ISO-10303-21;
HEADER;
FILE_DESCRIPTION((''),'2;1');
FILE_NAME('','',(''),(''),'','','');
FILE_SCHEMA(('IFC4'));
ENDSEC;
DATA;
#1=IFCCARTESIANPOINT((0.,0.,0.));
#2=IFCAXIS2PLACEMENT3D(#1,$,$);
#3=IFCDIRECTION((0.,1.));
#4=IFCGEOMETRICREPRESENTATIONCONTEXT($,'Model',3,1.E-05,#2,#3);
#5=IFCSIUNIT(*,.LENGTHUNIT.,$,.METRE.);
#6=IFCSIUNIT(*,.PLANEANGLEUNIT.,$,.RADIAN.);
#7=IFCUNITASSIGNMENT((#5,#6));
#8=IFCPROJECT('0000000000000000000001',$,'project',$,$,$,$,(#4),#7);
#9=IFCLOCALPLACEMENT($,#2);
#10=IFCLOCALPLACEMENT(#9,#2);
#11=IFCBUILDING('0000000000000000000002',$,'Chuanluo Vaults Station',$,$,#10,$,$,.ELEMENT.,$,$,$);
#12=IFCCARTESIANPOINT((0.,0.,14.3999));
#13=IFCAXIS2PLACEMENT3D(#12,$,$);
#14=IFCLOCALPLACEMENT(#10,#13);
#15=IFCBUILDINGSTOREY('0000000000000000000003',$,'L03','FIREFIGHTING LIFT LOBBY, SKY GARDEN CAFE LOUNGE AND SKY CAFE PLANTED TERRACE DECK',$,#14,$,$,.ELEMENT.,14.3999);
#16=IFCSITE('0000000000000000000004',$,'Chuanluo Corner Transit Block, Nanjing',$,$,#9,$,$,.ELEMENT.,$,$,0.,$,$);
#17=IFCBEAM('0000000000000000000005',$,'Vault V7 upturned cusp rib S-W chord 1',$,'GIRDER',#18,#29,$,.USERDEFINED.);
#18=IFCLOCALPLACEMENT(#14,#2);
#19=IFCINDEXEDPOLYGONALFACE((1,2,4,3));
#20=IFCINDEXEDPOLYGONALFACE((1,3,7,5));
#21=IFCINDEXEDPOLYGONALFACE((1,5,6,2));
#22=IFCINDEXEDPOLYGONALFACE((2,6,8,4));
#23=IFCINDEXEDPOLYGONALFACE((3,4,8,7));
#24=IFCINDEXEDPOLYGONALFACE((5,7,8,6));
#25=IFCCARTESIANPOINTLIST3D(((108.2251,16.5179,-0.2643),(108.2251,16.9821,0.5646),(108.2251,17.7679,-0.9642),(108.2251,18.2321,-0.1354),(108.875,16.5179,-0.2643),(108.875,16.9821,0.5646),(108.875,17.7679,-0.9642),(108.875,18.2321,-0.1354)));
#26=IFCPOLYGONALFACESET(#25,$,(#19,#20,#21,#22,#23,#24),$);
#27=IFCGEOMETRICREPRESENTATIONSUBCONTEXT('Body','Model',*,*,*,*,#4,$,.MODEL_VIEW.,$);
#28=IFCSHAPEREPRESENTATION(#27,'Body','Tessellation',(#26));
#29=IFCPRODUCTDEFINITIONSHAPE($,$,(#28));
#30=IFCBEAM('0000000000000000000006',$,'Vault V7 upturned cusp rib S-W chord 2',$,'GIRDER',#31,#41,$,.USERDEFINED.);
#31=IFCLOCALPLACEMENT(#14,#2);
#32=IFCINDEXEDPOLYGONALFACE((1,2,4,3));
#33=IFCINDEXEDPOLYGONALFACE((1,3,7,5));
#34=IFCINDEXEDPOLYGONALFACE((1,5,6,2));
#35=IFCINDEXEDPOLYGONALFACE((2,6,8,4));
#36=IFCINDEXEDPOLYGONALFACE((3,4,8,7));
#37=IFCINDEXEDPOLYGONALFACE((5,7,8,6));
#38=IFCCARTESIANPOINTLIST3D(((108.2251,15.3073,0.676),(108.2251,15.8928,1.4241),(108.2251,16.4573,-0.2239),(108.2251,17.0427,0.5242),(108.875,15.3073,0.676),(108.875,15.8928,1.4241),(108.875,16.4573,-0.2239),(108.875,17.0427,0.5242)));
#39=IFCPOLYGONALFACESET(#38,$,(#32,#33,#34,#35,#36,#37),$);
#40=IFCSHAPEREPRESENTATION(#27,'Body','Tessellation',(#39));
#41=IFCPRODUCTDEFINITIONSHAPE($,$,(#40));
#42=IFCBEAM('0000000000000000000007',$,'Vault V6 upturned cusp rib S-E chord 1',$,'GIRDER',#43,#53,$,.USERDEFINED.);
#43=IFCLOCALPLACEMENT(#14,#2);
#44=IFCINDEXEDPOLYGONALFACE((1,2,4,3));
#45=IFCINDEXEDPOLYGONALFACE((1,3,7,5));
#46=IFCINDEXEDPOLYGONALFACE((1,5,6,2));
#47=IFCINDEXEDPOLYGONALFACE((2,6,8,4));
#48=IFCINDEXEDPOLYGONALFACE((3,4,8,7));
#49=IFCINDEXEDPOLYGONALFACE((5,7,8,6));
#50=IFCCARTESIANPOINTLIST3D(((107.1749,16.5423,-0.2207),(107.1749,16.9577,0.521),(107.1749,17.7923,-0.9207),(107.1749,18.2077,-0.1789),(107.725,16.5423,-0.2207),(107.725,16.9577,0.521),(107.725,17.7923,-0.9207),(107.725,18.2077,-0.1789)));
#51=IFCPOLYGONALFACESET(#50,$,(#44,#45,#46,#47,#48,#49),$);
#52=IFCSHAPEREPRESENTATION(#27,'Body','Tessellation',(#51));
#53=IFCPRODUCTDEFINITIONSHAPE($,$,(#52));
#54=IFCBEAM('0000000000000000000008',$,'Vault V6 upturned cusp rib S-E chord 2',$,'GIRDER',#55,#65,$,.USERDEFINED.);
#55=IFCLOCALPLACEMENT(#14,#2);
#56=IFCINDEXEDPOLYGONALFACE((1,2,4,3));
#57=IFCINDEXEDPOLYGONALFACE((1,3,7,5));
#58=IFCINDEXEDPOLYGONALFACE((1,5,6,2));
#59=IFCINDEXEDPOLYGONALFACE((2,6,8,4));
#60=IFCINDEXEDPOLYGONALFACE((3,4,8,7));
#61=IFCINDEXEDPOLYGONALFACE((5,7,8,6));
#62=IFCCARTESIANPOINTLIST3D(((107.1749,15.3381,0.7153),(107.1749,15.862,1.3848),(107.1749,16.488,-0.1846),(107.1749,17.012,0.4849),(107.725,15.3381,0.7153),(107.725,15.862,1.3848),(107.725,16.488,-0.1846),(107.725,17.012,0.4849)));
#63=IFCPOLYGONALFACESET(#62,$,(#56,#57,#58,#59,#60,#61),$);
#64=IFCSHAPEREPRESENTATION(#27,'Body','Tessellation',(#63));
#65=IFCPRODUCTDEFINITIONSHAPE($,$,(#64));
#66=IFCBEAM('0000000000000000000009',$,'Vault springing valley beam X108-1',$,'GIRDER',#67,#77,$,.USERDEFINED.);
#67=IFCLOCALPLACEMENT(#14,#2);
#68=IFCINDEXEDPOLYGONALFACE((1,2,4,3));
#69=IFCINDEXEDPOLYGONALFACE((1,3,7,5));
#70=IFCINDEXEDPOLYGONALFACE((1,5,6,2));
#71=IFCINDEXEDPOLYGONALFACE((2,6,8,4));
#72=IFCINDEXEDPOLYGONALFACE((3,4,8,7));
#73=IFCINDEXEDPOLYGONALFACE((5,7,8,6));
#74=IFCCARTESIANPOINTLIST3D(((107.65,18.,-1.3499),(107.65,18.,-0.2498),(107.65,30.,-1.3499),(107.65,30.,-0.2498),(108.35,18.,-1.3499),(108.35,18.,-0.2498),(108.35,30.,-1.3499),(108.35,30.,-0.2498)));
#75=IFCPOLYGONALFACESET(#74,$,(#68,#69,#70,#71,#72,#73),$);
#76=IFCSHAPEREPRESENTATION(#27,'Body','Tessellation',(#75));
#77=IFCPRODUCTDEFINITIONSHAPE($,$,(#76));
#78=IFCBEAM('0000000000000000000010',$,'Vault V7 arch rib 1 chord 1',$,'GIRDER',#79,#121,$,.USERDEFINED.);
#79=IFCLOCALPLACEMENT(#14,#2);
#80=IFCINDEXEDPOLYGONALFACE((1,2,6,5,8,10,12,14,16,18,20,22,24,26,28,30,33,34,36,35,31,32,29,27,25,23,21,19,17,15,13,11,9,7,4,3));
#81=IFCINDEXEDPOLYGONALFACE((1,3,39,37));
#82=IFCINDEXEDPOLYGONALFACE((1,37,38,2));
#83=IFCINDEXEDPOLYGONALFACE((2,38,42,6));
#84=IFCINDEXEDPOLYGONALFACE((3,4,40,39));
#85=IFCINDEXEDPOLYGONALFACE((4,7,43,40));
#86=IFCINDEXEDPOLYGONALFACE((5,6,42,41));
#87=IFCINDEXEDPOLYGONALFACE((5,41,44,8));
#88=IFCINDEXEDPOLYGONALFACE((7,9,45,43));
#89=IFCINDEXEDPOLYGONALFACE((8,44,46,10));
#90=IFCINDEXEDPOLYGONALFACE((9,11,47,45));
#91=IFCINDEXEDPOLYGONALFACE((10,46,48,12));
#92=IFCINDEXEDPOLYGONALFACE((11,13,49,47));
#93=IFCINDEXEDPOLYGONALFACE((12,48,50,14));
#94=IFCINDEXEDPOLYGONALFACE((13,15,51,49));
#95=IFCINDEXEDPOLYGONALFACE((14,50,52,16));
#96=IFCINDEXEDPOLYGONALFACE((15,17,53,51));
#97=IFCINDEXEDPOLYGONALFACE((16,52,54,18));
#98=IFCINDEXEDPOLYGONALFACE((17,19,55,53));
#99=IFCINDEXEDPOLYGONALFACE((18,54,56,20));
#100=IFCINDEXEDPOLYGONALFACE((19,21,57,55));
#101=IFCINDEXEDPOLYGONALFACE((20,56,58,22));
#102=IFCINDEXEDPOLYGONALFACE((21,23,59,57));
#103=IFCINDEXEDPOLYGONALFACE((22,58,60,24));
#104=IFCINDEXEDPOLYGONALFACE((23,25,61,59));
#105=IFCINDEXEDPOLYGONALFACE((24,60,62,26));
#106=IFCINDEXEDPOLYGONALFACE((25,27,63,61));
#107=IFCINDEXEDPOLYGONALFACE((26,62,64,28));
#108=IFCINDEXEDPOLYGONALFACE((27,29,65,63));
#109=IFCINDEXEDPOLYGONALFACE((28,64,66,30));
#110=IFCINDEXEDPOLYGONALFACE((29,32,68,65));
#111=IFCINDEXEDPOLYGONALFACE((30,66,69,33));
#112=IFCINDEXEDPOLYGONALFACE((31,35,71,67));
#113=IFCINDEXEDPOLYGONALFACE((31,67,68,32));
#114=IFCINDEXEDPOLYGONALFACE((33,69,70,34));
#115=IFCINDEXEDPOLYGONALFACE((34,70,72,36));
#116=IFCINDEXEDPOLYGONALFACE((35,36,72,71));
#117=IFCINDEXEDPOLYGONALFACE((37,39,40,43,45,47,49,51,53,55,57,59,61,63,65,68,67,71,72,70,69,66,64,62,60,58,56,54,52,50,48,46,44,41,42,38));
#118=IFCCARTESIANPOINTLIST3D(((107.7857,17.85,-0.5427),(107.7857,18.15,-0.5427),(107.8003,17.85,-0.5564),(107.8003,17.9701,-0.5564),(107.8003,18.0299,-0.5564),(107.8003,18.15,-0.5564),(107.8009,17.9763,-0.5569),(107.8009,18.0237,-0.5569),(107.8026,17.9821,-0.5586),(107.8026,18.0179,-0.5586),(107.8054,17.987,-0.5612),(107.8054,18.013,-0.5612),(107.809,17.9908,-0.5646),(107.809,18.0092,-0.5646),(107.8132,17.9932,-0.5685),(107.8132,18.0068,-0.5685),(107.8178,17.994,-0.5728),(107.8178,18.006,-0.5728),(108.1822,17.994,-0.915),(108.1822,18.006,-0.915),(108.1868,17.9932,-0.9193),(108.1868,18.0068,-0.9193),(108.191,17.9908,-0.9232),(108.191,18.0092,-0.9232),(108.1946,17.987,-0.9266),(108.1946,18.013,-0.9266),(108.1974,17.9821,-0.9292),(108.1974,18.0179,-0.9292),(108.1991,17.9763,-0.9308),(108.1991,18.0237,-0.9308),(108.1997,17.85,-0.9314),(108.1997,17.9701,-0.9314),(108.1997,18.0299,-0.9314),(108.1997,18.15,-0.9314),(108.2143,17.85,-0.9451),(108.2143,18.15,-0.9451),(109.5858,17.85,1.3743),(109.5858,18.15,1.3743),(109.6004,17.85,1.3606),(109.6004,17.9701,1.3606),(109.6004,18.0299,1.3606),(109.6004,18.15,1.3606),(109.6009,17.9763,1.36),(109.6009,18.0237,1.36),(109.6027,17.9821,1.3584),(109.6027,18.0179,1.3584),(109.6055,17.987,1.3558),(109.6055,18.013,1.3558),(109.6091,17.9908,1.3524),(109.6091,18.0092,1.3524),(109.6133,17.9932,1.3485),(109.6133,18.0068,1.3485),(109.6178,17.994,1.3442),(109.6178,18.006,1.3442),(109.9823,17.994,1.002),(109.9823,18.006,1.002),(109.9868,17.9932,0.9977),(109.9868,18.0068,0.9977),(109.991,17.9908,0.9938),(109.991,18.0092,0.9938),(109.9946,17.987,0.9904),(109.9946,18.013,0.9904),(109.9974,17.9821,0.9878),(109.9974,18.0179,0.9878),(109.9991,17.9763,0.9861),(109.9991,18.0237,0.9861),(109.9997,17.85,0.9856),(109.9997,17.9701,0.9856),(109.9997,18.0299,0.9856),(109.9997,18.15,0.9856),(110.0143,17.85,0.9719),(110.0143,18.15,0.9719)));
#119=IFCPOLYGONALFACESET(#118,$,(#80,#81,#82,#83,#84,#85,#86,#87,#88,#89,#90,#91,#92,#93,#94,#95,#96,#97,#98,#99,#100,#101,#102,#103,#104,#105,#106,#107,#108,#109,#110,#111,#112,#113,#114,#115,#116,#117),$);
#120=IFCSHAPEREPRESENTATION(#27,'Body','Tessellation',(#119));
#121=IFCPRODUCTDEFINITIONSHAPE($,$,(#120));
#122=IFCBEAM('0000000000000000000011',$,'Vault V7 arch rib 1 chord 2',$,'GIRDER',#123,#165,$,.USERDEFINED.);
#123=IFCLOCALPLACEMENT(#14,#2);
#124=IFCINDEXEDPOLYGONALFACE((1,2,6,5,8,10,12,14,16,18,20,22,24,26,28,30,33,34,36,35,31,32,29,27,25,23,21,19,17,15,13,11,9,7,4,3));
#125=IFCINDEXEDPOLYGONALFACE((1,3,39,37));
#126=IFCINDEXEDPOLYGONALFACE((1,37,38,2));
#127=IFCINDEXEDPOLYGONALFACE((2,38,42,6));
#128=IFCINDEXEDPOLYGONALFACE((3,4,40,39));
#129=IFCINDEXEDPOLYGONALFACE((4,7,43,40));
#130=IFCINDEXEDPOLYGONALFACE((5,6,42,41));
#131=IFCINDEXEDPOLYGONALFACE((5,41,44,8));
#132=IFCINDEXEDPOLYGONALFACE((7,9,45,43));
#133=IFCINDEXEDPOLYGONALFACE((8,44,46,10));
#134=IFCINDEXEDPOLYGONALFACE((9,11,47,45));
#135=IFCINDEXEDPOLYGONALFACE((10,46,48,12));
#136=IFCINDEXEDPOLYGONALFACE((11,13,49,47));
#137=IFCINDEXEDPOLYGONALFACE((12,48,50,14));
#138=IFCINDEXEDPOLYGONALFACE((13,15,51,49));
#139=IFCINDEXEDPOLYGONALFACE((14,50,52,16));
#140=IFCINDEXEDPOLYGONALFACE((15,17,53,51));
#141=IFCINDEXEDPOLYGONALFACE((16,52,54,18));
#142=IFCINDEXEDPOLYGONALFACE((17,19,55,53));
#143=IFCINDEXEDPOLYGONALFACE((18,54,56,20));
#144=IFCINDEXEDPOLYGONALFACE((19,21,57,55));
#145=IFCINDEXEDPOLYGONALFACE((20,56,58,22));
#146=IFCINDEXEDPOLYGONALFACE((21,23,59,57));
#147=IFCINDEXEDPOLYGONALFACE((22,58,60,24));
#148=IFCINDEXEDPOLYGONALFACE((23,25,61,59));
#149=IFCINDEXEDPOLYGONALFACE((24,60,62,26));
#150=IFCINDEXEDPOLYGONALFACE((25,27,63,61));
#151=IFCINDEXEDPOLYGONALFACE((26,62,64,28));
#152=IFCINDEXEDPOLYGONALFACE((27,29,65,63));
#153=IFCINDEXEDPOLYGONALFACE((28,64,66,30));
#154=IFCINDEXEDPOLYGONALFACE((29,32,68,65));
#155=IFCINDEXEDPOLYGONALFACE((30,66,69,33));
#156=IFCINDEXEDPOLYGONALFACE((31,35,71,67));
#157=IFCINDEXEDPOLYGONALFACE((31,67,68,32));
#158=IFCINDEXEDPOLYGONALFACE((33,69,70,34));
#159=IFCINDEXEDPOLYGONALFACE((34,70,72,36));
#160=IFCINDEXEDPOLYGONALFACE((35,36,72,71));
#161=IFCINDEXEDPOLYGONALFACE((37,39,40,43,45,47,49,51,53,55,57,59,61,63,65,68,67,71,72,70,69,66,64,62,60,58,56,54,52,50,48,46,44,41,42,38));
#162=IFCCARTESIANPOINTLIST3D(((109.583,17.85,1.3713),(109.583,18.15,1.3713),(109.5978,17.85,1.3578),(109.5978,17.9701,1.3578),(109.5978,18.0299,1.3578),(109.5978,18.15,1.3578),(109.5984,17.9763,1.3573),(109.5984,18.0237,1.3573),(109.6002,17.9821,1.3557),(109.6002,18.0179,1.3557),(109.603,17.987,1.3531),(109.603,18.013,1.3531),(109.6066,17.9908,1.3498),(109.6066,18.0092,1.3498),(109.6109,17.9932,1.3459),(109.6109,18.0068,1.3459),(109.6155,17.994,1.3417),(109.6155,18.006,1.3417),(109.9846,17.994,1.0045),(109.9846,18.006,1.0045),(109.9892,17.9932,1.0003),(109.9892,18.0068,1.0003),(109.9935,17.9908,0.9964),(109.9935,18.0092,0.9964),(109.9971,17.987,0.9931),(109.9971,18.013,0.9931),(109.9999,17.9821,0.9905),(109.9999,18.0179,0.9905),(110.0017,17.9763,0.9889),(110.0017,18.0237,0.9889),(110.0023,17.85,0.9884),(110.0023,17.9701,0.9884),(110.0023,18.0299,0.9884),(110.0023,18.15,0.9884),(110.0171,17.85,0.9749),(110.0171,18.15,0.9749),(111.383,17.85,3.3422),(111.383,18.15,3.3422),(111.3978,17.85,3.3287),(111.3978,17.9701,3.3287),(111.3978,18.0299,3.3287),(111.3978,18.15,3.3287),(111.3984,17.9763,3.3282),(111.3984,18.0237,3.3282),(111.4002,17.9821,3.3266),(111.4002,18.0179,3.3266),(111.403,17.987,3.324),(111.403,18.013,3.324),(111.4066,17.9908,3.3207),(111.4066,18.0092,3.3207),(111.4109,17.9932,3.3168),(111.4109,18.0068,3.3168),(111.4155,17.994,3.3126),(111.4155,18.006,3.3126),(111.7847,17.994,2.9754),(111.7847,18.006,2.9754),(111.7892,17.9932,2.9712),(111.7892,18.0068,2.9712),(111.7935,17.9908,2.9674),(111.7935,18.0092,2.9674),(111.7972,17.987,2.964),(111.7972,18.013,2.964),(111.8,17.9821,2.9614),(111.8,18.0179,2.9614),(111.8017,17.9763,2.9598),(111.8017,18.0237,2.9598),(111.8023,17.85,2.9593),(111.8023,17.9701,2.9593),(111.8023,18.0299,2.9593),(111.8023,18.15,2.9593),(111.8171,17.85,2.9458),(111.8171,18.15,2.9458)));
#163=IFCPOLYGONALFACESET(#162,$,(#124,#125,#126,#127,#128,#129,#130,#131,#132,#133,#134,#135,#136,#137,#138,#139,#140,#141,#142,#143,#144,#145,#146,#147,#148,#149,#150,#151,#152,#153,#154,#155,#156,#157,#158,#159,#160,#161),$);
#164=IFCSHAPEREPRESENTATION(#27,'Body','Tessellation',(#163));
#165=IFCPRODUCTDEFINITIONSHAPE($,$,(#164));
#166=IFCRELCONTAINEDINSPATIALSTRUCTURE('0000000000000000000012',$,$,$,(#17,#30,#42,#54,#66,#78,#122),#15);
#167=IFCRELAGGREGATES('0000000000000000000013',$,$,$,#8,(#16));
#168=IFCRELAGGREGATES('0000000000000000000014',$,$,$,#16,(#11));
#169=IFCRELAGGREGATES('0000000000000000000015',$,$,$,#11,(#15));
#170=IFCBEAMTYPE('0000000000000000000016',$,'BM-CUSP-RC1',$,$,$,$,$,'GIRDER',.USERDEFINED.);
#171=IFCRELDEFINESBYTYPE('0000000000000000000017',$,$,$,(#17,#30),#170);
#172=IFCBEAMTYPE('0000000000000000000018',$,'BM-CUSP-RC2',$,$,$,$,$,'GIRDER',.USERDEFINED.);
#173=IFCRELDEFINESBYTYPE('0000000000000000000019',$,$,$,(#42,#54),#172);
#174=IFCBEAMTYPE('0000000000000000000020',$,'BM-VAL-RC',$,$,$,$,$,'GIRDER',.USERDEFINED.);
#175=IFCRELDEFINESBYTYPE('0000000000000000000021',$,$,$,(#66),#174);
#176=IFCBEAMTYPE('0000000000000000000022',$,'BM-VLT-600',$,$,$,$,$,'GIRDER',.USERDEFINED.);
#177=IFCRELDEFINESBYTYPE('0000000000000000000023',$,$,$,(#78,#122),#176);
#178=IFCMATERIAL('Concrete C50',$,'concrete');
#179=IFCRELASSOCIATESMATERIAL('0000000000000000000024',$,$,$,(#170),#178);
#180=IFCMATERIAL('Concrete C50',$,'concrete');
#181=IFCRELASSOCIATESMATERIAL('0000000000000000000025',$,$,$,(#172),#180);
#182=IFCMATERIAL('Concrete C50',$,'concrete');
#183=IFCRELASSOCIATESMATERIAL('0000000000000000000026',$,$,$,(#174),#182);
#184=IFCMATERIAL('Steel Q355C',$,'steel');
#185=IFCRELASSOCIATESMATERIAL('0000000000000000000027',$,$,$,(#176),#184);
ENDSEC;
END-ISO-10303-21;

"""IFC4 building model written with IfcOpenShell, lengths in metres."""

from ifc_helpers import new_model, si_unit, direction, frame, origin, origin_2d, place, context, subcontext, project, spatial, rectangle, i_section, extrude, material, material_profile, profile_set, type_object, element, save


model = new_model("IFC4")

# Units and contexts
model_context = context("Model", 3, precision=1e-05, world=origin(), true_north=direction((0.0, 1.0)))
body_context = subcontext(model_context, "Body", "Model", "MODEL_VIEW")
ifc_project = project(units=[si_unit("LENGTHUNIT", "METRE"), si_unit("PLANEANGLEUNIT", "RADIAN")], contexts=[model_context])

# Site, building, storey
site_placement = place(None, origin())
site = spatial("IfcSite", under=ifc_project, at=site_placement, Name="Chuanluo Corner Transit Block, Nanjing", CompositionType="ELEMENT", RefElevation=0.0)
building_placement = place(site_placement, origin())
building = spatial("IfcBuilding", under=site, at=building_placement, Name="Chuanluo Vaults Station", CompositionType="ELEMENT")
storey_placement = place(building_placement, frame((0.0, 0.0, 14.3999)))
storey = spatial("IfcBuildingStorey", under=building, at=storey_placement, Name="L03", Description="FIREFIGHTING LIFT LOBBY, SKY GARDEN CAFE LOUNGE AND SKY CAFE PLANTED TERRACE DECK", CompositionType="ELEMENT", Elevation=14.3999)

# Beams
ifc_material_1 = material(Name="Concrete C50", Category="concrete")
ifc_material_profile_1 = material_profile(ifc_material_1, rectangle(XDim=0.6499, YDim=0.95, at=origin_2d()))
ifc_profile_set_1 = profile_set([ifc_material_profile_1], Name="Concrete C50")
beam_type_1 = type_object("IfcBeamType", Name="BM-CUSP-RC1", ElementType="GIRDER", PredefinedType="USERDEFINED", material=ifc_profile_set_1)
beam_1_placement = place(storey_placement, frame((108.55, 18.0, -0.5498), z_axis=(0.0, -0.872521, 0.488577), x_axis=(1.0, 0.0, 0.0)))
element("IfcBeam", 1, at=beam_1_placement, inside=storey, type_object=beam_type_1, Name="Vault V7 upturned cusp rib S-W chord 1", ObjectType="GIRDER", PredefinedType="USERDEFINED", context=body_context, shape_type="SweptSolid", body=[
    extrude(rectangle(XDim=0.6499, YDim=0.95, at=origin_2d()), origin(), (0.0, 0.0, 1.0), 1.4326),
])
beam_2_placement = place(storey_placement, frame((108.55, 16.75, 0.1501), z_axis=(0.0, -0.787512, 0.616299), x_axis=(1.0, 0.0, 0.0)))
element("IfcBeam", 2, at=beam_2_placement, inside=storey, type_object=beam_type_1, Name="Vault V7 upturned cusp rib S-W chord 2", ObjectType="GIRDER", PredefinedType="USERDEFINED", context=body_context, shape_type="SweptSolid", body=[
    extrude(rectangle(XDim=0.6499, YDim=0.95, at=origin_2d()), origin(), (0.0, 0.0, 1.0), 1.4602),
])
ifc_material_2 = material(Name="Concrete C50", Category="concrete")
ifc_material_profile_2 = material_profile(ifc_material_2, rectangle(XDim=0.55, YDim=0.8501, at=origin_2d()))
ifc_profile_set_2 = profile_set([ifc_material_profile_2], Name="Concrete C50")
beam_type_2 = type_object("IfcBeamType", Name="BM-CUSP-RC2", ElementType="GIRDER", PredefinedType="USERDEFINED", material=ifc_profile_set_2)
beam_3_placement = place(storey_placement, frame((107.45, 18.0, -0.5498), z_axis=(0.0, -0.872521, 0.488577), x_axis=(1.0, 0.0, 0.0)))
element("IfcBeam", 3, at=beam_3_placement, inside=storey, type_object=beam_type_2, Name="Vault V6 upturned cusp rib S-E chord 1", ObjectType="GIRDER", PredefinedType="USERDEFINED", context=body_context, shape_type="SweptSolid", body=[
    extrude(rectangle(XDim=0.55, YDim=0.8501, at=origin_2d()), origin(), (0.0, 0.0, 1.0), 1.4326),
])
beam_4_placement = place(storey_placement, frame((107.45, 16.75, 0.1501), z_axis=(0.0, -0.787512, 0.616299), x_axis=(1.0, 0.0, 0.0)))
element("IfcBeam", 4, at=beam_4_placement, inside=storey, type_object=beam_type_2, Name="Vault V6 upturned cusp rib S-E chord 2", ObjectType="GIRDER", PredefinedType="USERDEFINED", context=body_context, shape_type="SweptSolid", body=[
    extrude(rectangle(XDim=0.55, YDim=0.8501, at=origin_2d()), origin(), (0.0, 0.0, 1.0), 1.4602),
])
ifc_material_3 = material(Name="Concrete C50", Category="concrete")
ifc_material_profile_3 = material_profile(ifc_material_3, rectangle(XDim=0.7, YDim=1.1001, at=origin_2d()))
ifc_profile_set_3 = profile_set([ifc_material_profile_3], Name="Concrete C50")
beam_type_3 = type_object("IfcBeamType", Name="BM-VAL-RC", ElementType="GIRDER", PredefinedType="USERDEFINED", material=ifc_profile_set_3)
beam_5_placement = place(storey_placement, frame((108.0, 18.0, -0.7998), z_axis=(0.0, 1.0, 0.0), x_axis=(-1.0, 0.0, 0.0)))
element("IfcBeam", 5, at=beam_5_placement, inside=storey, type_object=beam_type_3, Name="Vault springing valley beam X108-1", ObjectType="GIRDER", PredefinedType="USERDEFINED", context=body_context, shape_type="SweptSolid", body=[
    extrude(rectangle(XDim=0.7, YDim=1.1001, at=origin_2d()), origin(), (0.0, 0.0, 1.0), 12.0),
])
ifc_material_4 = material(Name="Steel Q355C", Category="steel")
ifc_material_profile_4 = material_profile(ifc_material_4, i_section(OverallWidth=0.3, OverallDepth=0.5879, WebThickness=0.012, FlangeThickness=0.02, FilletRadius=0.0239, at=origin_2d()))
ifc_profile_set_4 = profile_set([ifc_material_profile_4], Name="Steel Q355C")
beam_type_4 = type_object("IfcBeamType", Name="BM-VLT-600", ElementType="GIRDER", PredefinedType="USERDEFINED", material=ifc_profile_set_4)
beam_6_placement = place(storey_placement, frame((108.0, 18.0, -0.7439), z_axis=(0.684522, 0.0, 0.728993), x_axis=(0.0, 1.0, 0.0)))
element("IfcBeam", 6, at=beam_6_placement, inside=storey, type_object=beam_type_4, Name="Vault V7 arch rib 1 chord 1", ObjectType="GIRDER", PredefinedType="USERDEFINED", context=body_context, shape_type="SweptSolid", body=[
    extrude(i_section(OverallWidth=0.3, OverallDepth=0.5879, WebThickness=0.012, FlangeThickness=0.02, FilletRadius=0.0239, at=origin_2d()), origin(), (0.0, 0.0, 1.0), 2.6296),
])
beam_7_placement = place(storey_placement, frame((109.8, 18.0, 1.1731), z_axis=(0.674369, 0.0, 0.738394), x_axis=(0.0, 1.0, 0.0)))
element("IfcBeam", 7, at=beam_7_placement, inside=storey, type_object=beam_type_4, Name="Vault V7 arch rib 1 chord 2", ObjectType="GIRDER", PredefinedType="USERDEFINED", context=body_context, shape_type="SweptSolid", body=[
    extrude(i_section(OverallWidth=0.3, OverallDepth=0.5879, WebThickness=0.012, FlangeThickness=0.02, FilletRadius=0.0239, at=origin_2d()), origin(), (0.0, 0.0, 1.0), 2.6692),
])

save(model, "model.ifc")
